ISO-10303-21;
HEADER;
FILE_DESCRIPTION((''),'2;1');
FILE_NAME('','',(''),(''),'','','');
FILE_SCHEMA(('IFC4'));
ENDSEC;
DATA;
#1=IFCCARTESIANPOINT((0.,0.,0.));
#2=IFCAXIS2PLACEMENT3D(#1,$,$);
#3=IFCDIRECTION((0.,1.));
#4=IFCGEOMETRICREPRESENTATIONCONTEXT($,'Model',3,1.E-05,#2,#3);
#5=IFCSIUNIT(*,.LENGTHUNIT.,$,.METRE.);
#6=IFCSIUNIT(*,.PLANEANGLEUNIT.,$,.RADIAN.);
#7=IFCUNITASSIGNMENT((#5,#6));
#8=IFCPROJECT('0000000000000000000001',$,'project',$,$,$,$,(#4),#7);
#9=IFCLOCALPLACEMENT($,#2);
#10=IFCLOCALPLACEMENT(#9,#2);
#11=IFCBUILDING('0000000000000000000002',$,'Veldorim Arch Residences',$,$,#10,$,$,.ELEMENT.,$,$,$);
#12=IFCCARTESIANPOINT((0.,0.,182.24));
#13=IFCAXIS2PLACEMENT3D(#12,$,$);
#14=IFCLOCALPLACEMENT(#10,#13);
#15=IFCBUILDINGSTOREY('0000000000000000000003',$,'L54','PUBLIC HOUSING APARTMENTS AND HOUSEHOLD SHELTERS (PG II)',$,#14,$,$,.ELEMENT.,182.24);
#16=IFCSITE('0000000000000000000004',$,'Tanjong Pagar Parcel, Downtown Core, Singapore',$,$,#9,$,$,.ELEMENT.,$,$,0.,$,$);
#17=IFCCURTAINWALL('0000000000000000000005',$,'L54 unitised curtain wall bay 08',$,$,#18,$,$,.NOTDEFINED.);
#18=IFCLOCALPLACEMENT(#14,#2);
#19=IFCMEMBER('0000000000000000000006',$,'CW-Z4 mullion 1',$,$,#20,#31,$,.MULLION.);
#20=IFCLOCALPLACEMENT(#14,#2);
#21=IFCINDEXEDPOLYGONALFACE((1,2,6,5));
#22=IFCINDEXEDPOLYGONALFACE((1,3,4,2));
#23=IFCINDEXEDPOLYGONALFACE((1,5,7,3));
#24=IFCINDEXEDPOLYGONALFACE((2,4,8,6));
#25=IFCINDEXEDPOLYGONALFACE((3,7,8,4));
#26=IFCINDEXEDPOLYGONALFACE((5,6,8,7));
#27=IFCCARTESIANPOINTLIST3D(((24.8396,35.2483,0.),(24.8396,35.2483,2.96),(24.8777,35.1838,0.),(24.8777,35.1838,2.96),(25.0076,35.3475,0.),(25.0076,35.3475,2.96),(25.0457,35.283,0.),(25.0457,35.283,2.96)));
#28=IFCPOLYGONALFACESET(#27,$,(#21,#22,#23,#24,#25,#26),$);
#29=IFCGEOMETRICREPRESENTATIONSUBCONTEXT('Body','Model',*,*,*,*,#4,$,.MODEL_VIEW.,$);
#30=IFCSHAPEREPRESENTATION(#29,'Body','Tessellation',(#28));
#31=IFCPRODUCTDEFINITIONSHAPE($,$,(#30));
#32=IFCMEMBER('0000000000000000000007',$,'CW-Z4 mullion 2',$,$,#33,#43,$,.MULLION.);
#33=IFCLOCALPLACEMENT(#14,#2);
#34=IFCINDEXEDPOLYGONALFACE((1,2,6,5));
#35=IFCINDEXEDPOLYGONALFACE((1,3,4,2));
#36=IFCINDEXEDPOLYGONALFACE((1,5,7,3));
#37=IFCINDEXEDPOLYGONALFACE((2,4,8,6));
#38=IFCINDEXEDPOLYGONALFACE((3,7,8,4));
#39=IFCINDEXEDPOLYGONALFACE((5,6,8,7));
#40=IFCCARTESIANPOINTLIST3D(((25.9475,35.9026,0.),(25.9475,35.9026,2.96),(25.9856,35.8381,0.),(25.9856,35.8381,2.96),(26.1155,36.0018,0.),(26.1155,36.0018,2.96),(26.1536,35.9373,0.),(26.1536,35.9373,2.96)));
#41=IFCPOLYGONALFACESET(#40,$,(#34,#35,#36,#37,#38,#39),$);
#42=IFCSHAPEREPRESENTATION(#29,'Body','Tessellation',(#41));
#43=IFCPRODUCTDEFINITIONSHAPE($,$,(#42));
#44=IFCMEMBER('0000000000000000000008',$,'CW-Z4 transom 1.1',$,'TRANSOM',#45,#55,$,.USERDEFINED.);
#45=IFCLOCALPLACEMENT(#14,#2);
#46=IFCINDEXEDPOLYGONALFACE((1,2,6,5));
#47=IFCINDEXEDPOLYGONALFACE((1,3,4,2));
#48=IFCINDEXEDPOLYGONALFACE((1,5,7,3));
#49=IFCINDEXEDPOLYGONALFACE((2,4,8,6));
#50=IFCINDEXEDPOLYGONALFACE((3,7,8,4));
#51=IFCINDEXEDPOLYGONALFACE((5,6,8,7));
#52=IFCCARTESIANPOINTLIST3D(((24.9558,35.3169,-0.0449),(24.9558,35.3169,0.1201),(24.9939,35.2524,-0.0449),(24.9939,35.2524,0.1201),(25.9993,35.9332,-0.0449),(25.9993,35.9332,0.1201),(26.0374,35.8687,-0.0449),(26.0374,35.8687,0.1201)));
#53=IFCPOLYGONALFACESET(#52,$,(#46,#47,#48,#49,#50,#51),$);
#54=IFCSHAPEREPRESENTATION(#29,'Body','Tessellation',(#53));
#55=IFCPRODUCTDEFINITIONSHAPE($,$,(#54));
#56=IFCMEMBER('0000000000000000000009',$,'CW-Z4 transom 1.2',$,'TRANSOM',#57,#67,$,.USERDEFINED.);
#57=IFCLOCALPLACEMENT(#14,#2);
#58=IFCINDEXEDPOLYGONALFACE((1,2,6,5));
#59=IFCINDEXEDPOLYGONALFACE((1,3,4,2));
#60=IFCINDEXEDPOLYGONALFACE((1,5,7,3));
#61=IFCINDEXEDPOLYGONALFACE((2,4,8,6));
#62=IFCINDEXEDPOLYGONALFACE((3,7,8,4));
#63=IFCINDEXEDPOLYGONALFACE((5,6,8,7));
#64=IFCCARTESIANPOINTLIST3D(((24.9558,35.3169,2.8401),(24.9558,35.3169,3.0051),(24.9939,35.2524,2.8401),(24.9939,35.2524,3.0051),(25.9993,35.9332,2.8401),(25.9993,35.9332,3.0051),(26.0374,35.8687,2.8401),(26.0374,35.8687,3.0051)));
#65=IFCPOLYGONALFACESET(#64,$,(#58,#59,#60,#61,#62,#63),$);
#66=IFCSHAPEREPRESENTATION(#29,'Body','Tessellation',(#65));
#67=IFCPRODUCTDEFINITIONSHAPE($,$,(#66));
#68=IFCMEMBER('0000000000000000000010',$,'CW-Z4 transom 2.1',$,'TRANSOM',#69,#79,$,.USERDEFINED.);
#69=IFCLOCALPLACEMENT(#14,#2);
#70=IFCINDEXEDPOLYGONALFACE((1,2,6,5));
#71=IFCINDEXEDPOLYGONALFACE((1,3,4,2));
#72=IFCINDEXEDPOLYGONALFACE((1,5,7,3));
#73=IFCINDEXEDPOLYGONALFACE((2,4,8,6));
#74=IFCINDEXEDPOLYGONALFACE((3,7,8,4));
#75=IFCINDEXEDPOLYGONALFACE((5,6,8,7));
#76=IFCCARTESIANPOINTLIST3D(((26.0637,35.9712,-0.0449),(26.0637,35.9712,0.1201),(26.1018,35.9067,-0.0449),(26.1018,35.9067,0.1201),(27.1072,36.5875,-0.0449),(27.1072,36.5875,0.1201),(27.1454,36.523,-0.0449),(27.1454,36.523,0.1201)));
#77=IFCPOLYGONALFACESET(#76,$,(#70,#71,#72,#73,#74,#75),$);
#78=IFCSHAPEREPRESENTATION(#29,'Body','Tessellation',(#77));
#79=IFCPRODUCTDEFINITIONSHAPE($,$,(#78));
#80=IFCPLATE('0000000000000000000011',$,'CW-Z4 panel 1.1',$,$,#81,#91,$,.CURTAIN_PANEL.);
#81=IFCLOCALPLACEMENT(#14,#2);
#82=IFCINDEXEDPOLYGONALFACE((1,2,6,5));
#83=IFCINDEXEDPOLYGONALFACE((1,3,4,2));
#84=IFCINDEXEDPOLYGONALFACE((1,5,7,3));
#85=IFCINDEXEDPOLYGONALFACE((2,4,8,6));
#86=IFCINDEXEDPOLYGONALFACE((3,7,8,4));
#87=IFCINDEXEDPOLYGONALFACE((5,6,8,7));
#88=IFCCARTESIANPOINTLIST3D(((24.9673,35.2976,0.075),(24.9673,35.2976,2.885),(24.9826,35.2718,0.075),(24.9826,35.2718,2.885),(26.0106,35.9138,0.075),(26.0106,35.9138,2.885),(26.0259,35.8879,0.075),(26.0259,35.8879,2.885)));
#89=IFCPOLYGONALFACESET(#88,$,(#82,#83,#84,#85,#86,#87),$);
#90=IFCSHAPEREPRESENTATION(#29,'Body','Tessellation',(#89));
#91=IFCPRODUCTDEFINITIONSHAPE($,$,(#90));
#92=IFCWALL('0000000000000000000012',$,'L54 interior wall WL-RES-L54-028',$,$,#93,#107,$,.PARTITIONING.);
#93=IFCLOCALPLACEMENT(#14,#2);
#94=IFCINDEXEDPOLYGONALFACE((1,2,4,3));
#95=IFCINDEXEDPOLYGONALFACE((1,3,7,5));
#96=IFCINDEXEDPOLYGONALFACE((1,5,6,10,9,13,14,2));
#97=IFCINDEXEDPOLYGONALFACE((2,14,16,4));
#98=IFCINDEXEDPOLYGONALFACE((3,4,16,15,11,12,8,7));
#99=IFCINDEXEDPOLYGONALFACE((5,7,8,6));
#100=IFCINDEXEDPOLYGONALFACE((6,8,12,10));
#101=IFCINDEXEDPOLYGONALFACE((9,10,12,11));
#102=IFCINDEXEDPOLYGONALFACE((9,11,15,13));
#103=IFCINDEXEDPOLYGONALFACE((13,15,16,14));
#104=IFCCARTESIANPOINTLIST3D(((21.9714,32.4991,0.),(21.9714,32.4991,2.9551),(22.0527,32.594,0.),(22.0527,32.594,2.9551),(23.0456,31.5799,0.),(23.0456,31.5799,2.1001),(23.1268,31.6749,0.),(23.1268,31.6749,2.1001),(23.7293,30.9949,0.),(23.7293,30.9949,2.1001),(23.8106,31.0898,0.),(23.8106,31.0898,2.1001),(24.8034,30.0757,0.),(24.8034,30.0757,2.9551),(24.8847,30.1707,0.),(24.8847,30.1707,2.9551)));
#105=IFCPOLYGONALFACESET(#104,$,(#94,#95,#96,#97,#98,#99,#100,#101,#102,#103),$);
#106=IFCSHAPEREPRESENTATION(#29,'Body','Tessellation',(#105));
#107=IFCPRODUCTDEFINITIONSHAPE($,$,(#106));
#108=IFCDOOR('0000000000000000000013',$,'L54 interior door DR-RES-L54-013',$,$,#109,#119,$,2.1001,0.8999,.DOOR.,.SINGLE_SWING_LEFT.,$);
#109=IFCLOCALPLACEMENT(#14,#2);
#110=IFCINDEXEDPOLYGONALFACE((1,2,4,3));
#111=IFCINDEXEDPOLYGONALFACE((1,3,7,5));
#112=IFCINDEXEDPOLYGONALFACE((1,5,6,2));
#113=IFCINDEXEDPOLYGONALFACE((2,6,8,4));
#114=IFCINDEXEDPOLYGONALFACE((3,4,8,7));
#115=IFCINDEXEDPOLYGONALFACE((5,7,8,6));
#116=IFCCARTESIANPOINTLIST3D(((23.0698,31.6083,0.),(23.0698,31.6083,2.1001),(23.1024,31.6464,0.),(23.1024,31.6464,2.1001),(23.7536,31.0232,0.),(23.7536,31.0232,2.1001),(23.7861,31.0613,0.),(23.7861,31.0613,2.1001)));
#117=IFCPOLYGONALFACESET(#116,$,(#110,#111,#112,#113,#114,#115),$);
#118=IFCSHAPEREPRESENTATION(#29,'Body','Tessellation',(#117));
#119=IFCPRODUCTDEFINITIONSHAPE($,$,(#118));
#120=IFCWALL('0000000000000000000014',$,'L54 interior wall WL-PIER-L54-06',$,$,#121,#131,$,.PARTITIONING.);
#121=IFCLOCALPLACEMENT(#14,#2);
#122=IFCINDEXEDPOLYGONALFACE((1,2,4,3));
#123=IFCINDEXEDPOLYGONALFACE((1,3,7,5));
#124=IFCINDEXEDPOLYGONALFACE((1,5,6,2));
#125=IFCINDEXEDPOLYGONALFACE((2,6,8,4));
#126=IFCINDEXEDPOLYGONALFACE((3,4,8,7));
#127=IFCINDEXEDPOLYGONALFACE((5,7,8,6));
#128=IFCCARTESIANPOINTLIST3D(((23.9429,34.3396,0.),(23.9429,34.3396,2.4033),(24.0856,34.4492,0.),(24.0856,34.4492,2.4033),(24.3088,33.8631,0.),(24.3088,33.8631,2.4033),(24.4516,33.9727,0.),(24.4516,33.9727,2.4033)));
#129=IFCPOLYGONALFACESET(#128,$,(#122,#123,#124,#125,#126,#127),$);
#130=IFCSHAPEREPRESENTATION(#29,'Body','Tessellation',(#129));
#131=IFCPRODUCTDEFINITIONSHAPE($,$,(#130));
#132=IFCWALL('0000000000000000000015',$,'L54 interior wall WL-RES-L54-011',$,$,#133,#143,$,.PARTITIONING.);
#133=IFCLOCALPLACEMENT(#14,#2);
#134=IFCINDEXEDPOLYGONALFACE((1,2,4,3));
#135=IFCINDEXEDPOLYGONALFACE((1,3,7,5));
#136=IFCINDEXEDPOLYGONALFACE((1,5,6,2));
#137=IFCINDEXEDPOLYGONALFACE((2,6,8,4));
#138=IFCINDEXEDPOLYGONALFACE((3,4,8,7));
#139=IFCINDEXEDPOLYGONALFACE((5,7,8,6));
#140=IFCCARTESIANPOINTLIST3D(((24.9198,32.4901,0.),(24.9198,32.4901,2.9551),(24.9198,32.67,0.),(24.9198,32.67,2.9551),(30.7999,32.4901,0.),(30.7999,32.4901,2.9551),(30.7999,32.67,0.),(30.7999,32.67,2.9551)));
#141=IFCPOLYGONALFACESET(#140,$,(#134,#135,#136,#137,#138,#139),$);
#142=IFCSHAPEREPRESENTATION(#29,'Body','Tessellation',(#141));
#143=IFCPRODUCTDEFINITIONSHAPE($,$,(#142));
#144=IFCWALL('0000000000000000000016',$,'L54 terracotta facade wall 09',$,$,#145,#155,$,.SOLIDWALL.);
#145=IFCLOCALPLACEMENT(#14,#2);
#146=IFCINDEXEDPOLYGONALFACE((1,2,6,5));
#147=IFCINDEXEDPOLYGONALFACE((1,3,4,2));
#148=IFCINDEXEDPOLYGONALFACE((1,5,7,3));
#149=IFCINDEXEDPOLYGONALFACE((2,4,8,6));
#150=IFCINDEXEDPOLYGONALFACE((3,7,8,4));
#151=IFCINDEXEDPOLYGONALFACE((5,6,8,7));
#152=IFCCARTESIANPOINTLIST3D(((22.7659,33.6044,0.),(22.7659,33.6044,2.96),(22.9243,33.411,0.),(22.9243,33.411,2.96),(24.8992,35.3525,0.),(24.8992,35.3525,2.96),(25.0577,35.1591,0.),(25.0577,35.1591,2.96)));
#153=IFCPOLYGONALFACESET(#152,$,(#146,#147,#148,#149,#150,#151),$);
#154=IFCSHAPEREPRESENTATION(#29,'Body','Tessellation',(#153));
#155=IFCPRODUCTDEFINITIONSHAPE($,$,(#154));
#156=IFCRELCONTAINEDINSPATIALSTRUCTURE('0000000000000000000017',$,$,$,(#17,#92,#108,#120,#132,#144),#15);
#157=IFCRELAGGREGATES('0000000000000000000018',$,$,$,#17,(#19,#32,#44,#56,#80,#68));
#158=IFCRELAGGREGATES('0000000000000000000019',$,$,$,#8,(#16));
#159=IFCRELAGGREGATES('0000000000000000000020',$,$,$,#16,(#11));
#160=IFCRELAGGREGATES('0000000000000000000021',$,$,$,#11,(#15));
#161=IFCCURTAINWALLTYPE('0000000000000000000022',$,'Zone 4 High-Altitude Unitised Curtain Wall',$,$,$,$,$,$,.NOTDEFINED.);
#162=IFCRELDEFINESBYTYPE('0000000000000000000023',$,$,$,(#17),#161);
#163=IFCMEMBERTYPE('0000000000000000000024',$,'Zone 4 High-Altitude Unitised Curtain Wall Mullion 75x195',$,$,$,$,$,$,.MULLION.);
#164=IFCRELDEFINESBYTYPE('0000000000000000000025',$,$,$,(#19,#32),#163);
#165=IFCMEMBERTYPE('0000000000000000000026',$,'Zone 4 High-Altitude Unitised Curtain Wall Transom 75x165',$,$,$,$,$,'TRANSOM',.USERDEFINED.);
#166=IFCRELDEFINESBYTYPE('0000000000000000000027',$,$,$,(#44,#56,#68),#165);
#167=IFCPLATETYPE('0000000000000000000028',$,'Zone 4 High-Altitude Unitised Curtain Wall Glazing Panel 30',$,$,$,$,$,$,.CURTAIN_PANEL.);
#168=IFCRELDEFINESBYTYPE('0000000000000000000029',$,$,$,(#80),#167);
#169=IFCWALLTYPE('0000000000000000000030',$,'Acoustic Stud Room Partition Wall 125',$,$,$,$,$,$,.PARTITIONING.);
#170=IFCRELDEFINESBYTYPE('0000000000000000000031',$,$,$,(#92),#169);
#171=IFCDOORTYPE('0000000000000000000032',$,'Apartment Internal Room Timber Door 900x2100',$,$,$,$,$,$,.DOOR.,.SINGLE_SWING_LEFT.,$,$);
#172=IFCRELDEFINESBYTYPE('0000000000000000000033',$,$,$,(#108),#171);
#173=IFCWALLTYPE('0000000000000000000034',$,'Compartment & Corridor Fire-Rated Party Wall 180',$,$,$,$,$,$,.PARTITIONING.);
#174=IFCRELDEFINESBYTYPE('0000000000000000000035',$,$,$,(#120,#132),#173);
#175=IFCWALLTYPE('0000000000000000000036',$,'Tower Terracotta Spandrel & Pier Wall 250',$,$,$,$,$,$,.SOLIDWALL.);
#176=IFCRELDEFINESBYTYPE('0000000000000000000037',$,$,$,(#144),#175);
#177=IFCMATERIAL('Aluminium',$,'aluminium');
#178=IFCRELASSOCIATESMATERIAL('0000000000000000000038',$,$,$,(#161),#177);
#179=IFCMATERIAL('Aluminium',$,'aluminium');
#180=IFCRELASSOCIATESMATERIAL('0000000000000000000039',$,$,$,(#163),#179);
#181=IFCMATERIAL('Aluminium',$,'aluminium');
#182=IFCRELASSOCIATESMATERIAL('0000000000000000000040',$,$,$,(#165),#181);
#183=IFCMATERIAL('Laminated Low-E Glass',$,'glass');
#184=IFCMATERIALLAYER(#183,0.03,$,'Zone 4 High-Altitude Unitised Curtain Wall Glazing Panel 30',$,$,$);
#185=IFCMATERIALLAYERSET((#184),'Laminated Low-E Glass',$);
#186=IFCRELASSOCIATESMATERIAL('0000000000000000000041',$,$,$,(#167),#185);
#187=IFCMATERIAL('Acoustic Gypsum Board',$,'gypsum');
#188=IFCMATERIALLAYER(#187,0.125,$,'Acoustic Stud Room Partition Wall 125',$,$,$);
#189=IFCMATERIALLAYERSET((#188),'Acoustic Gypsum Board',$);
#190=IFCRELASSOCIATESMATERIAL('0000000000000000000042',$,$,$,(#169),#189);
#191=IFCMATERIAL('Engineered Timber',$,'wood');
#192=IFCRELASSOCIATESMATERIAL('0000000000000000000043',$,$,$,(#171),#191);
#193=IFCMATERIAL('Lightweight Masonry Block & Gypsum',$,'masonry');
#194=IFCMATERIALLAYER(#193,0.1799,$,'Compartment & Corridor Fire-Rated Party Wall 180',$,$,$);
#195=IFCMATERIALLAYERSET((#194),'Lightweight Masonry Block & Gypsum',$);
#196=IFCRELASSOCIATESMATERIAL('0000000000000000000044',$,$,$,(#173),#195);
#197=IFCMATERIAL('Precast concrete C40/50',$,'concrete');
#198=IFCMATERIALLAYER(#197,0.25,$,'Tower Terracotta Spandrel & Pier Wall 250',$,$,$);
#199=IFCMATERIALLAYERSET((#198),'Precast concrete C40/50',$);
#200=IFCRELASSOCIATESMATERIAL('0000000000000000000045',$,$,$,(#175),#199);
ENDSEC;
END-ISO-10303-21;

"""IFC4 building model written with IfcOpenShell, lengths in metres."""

from ifc_helpers import new_model, si_unit, direction, frame, frame_2d, origin, origin_2d, place, context, subcontext, project, spatial, rectangle, extrude, material, layer, layer_set, material_profile, profile_set, type_object, element, fill, aggregate, save


model = new_model("IFC4")

# Units and contexts
model_context = context("Model", 3, precision=1e-05, world=origin(), true_north=direction((0.0, 1.0)))
body_context = subcontext(model_context, "Body", "Model", "MODEL_VIEW")
ifc_project = project(units=[si_unit("LENGTHUNIT", "METRE"), si_unit("PLANEANGLEUNIT", "RADIAN")], contexts=[model_context])

# Site, building, storey
site_placement = place(None, origin())
site = spatial("IfcSite", under=ifc_project, at=site_placement, Name="Tanjong Pagar Parcel, Downtown Core, Singapore", CompositionType="ELEMENT", RefElevation=0.0)
building_placement = place(site_placement, origin())
building = spatial("IfcBuilding", under=site, at=building_placement, Name="Veldorim Arch Residences", CompositionType="ELEMENT")
storey_placement = place(building_placement, frame((0.0, 0.0, 182.24)))
storey = spatial("IfcBuildingStorey", under=building, at=storey_placement, Name="L54", Description="PUBLIC HOUSING APARTMENTS AND HOUSEHOLD SHELTERS (PG II)", CompositionType="ELEMENT", Elevation=182.24)

# Curtain wall, members, plate
ifc_material_1 = material(Name="Aluminium", Category="aluminium")
curtain_wall_type = type_object("IfcCurtainWallType", Name="Zone 4 High-Altitude Unitised Curtain Wall", PredefinedType="NOTDEFINED", material=ifc_material_1)
curtain_wall_placement = place(storey_placement, origin())
curtain_wall = element("IfcCurtainWall", 1, at=curtain_wall_placement, inside=storey, type_object=curtain_wall_type, Name="L54 unitised curtain wall bay 08", PredefinedType="NOTDEFINED")
ifc_material_2 = material(Name="Aluminium", Category="aluminium")
ifc_material_profile_1 = material_profile(ifc_material_2, rectangle(XDim=0.075, YDim=0.1951, at=origin_2d()), Name="ALU_MUL_75x195")
ifc_profile_set_1 = profile_set([ifc_material_profile_1], Name="Aluminium")
member_type_1 = type_object("IfcMemberType", Name="Zone 4 High-Altitude Unitised Curtain Wall Mullion 75x195", PredefinedType="MULLION", material=ifc_profile_set_1)
member_1_placement = place(storey_placement, frame((24.9426, 35.2656, 0.0), z_axis=(0.0, 0.0, 1.0), x_axis=(-0.508514, 0.861054, 0.0)))
member_1 = element("IfcMember", 2, at=member_1_placement, type_object=member_type_1, Name="CW-Z4 mullion 1", PredefinedType="MULLION", context=body_context, shape_type="SweptSolid", body=[
    extrude(rectangle(XDim=0.075, YDim=0.1951, at=origin_2d()), origin(), (0.0, 0.0, 1.0), 2.96),
])
member_2_placement = place(storey_placement, frame((26.0505, 35.9199, 0.0), z_axis=(0.0, 0.0, 1.0), x_axis=(-0.508514, 0.861054, 0.0)))
member_2 = element("IfcMember", 3, at=member_2_placement, type_object=member_type_1, Name="CW-Z4 mullion 2", PredefinedType="MULLION", context=body_context, shape_type="SweptSolid", body=[
    extrude(rectangle(XDim=0.075, YDim=0.1951, at=origin_2d()), origin(), (0.0, 0.0, 1.0), 2.96),
])
ifc_material_3 = material(Name="Aluminium", Category="aluminium")
ifc_material_profile_2 = material_profile(ifc_material_3, rectangle(XDim=0.075, YDim=0.165, at=origin_2d()), Name="ALU_TRN_75x165")
ifc_profile_set_2 = profile_set([ifc_material_profile_2], Name="Aluminium")
member_type_2 = type_object("IfcMemberType", Name="Zone 4 High-Altitude Unitised Curtain Wall Transom 75x165", ElementType="TRANSOM", PredefinedType="USERDEFINED", material=ifc_profile_set_2)
member_3_placement = place(storey_placement, frame((24.9749, 35.2847, 0.0376), z_axis=(0.861063, 0.508499, 0.0), x_axis=(-0.508499, 0.861063, 0.0)))
member_3 = element("IfcMember", 4, at=member_3_placement, type_object=member_type_2, Name="CW-Z4 transom 1.1", ObjectType="TRANSOM", PredefinedType="USERDEFINED", context=body_context, shape_type="SweptSolid", body=[
    extrude(rectangle(XDim=0.075, YDim=0.165, at=origin_2d()), origin(), (0.0, 0.0, 1.0), 1.2119),
])
member_4_placement = place(storey_placement, frame((24.9749, 35.2847, 2.9226), z_axis=(0.861063, 0.508499, 0.0), x_axis=(-0.508499, 0.861063, 0.0)))
member_4 = element("IfcMember", 5, at=member_4_placement, type_object=member_type_2, Name="CW-Z4 transom 1.2", ObjectType="TRANSOM", PredefinedType="USERDEFINED", context=body_context, shape_type="SweptSolid", body=[
    extrude(rectangle(XDim=0.075, YDim=0.165, at=origin_2d()), origin(), (0.0, 0.0, 1.0), 1.2119),
])
member_5_placement = place(storey_placement, frame((26.0828, 35.939, 0.0376), z_axis=(0.861063, 0.508499, 0.0), x_axis=(-0.508499, 0.861063, 0.0)))
member_5 = element("IfcMember", 6, at=member_5_placement, type_object=member_type_2, Name="CW-Z4 transom 2.1", ObjectType="TRANSOM", PredefinedType="USERDEFINED", context=body_context, shape_type="SweptSolid", body=[
    extrude(rectangle(XDim=0.075, YDim=0.165, at=origin_2d()), origin(), (0.0, 0.0, 1.0), 1.2119),
])
ifc_material_4 = material(Name="Laminated Low-E Glass", Category="glass")
ifc_layer_1 = layer(ifc_material_4, 0.03, Name="Zone 4 High-Altitude Unitised Curtain Wall Glazing Panel 30")
ifc_layer_set_1 = layer_set([ifc_layer_1], Name="Laminated Low-E Glass")
plate_type = type_object("IfcPlateType", Name="Zone 4 High-Altitude Unitised Curtain Wall Glazing Panel 30", PredefinedType="CURTAIN_PANEL", material=ifc_layer_set_1)
plate_placement = place(storey_placement, frame((25.4966, 35.5928, 0.075), z_axis=(0.0, 0.0, 1.0), x_axis=(0.861054, 0.508514, 0.0)))
plate = element("IfcPlate", 7, at=plate_placement, type_object=plate_type, Name="CW-Z4 panel 1.1", PredefinedType="CURTAIN_PANEL", context=body_context, shape_type="SweptSolid", body=[
    extrude(rectangle(XDim=1.2117, YDim=0.03, at=origin_2d()), origin(), (0.0, 0.0, 1.0), 2.8101),
])
aggregate(curtain_wall, [member_1, member_2, member_3, member_4, plate, member_5])

# Wall, opening, door
ifc_material_5 = material(Name="Acoustic Gypsum Board", Category="gypsum")
ifc_layer_2 = layer(ifc_material_5, 0.125, Name="Acoustic Stud Room Partition Wall 125")
ifc_layer_set_2 = layer_set([ifc_layer_2], Name="Acoustic Gypsum Board")
wall_type_1 = type_object("IfcWallType", Name="Acoustic Stud Room Partition Wall 125", PredefinedType="PARTITIONING", material=ifc_layer_set_2)
wall_1_placement = place(storey_placement, frame((22.012, 32.5466, 0.0), z_axis=(0.0, 0.0, 1.0), x_axis=(0.759802, -0.650155, 0.0)))
wall_1 = element("IfcWall", 8, at=wall_1_placement, inside=storey, type_object=wall_type_1, Name="L54 interior wall WL-RES-L54-028", PredefinedType="PARTITIONING", context=body_context, shape_type="SweptSolid", body=[
    extrude(rectangle(XDim=3.7273, YDim=0.125, at=frame_2d((1.8638, 0.0))), origin(), (0.0, 0.0, 1.0), 2.9551),
])
opening_1_placement = place(wall_1_placement, frame((1.4138, 0.0, 0.0)))
opening_1 = element("IfcOpeningElement", 9, at=opening_1_placement, cuts=wall_1, PredefinedType="OPENING", context=body_context, shape_type="SweptSolid", body=[
    extrude(rectangle(XDim=0.8999, YDim=2.1001, at=frame_2d((0.45, 1.05))), frame((0.0, 0.0725, 0.0), z_axis=(0.0, -1.0, 0.0), x_axis=(1.0, 0.0, 0.0)), (0.0, 0.0, 1.0), 0.145),
])
ifc_material_6 = material(Name="Engineered Timber", Category="wood")
door_type = type_object("IfcDoorType", Name="Apartment Internal Room Timber Door 900x2100", OperationType="SINGLE_SWING_LEFT", PredefinedType="DOOR", material=ifc_material_6)
door_placement = place(opening_1_placement, origin())
door = element("IfcDoor", 10, at=door_placement, inside=storey, type_object=door_type, Name="L54 interior door DR-RES-L54-013", OperationType="SINGLE_SWING_LEFT", OverallHeight=2.1001, OverallWidth=0.8999, PredefinedType="DOOR", context=body_context, shape_type="SweptSolid", body=[
    extrude(rectangle(XDim=0.8999, YDim=2.1001, at=frame_2d((0.45, 1.05))), frame((0.0, 0.0249, 0.0), z_axis=(0.0, -1.0, 0.0), x_axis=(1.0, 0.0, 0.0)), (0.0, 0.0, 1.0), 0.05),
])
fill(opening_1, door)

# Walls
ifc_material_7 = material(Name="Lightweight Masonry Block & Gypsum", Category="masonry")
ifc_layer_3 = layer(ifc_material_7, 0.1799, Name="Compartment & Corridor Fire-Rated Party Wall 180")
ifc_layer_set_3 = layer_set([ifc_layer_3], Name="Lightweight Masonry Block & Gypsum")
wall_type_2 = type_object("IfcWallType", Name="Compartment & Corridor Fire-Rated Party Wall 180", PredefinedType="PARTITIONING", material=ifc_layer_set_3)
wall_2_placement = place(storey_placement, frame((24.3801, 33.918, 0.0), z_axis=(0.0, 0.0, 1.0), x_axis=(-0.609063, 0.793122, 0.0)))
element("IfcWall", 11, at=wall_2_placement, inside=storey, type_object=wall_type_2, Name="L54 interior wall WL-PIER-L54-06", PredefinedType="PARTITIONING", context=body_context, shape_type="SweptSolid", body=[
    extrude(rectangle(XDim=0.6008, YDim=0.1799, at=frame_2d((0.3003, 0.0))), origin(), (0.0, 0.0, 1.0), 2.4033),
])
wall_3_placement = place(storey_placement, frame((24.9199, 32.5801, 0.0), z_axis=(0.0, 0.0, 1.0), x_axis=(1.0, 0.0, 0.0)))
element("IfcWall", 12, at=wall_3_placement, inside=storey, type_object=wall_type_2, Name="L54 interior wall WL-RES-L54-011", PredefinedType="PARTITIONING", context=body_context, shape_type="SweptSolid", body=[
    extrude(rectangle(XDim=5.8801, YDim=0.1799, at=frame_2d((2.9399, 0.0))), origin(), (0.0, 0.0, 1.0), 2.9551),
])
ifc_material_8 = material(Name="Precast concrete C40/50", Category="concrete")
ifc_layer_4 = layer(ifc_material_8, 0.25, Name="Tower Terracotta Spandrel & Pier Wall 250")
ifc_layer_set_4 = layer_set([ifc_layer_4], Name="Precast concrete C40/50")
wall_type_3 = type_object("IfcWallType", Name="Tower Terracotta Spandrel & Pier Wall 250", PredefinedType="SOLIDWALL", material=ifc_layer_set_4)
wall_4_placement = place(storey_placement, frame((22.8452, 33.5078, 0.0), z_axis=(0.0, 0.0, 1.0), x_axis=(0.773492, 0.633806, 0.0)))
element("IfcWall", 13, at=wall_4_placement, inside=storey, type_object=wall_type_3, Name="L54 terracotta facade wall 09", PredefinedType="SOLIDWALL", context=body_context, shape_type="SweptSolid", body=[
    extrude(rectangle(XDim=2.7581, YDim=0.25, at=frame_2d((1.3789, 0.0))), origin(), (0.0, 0.0, 1.0), 2.96),
])

save(model, "model.ifc")
